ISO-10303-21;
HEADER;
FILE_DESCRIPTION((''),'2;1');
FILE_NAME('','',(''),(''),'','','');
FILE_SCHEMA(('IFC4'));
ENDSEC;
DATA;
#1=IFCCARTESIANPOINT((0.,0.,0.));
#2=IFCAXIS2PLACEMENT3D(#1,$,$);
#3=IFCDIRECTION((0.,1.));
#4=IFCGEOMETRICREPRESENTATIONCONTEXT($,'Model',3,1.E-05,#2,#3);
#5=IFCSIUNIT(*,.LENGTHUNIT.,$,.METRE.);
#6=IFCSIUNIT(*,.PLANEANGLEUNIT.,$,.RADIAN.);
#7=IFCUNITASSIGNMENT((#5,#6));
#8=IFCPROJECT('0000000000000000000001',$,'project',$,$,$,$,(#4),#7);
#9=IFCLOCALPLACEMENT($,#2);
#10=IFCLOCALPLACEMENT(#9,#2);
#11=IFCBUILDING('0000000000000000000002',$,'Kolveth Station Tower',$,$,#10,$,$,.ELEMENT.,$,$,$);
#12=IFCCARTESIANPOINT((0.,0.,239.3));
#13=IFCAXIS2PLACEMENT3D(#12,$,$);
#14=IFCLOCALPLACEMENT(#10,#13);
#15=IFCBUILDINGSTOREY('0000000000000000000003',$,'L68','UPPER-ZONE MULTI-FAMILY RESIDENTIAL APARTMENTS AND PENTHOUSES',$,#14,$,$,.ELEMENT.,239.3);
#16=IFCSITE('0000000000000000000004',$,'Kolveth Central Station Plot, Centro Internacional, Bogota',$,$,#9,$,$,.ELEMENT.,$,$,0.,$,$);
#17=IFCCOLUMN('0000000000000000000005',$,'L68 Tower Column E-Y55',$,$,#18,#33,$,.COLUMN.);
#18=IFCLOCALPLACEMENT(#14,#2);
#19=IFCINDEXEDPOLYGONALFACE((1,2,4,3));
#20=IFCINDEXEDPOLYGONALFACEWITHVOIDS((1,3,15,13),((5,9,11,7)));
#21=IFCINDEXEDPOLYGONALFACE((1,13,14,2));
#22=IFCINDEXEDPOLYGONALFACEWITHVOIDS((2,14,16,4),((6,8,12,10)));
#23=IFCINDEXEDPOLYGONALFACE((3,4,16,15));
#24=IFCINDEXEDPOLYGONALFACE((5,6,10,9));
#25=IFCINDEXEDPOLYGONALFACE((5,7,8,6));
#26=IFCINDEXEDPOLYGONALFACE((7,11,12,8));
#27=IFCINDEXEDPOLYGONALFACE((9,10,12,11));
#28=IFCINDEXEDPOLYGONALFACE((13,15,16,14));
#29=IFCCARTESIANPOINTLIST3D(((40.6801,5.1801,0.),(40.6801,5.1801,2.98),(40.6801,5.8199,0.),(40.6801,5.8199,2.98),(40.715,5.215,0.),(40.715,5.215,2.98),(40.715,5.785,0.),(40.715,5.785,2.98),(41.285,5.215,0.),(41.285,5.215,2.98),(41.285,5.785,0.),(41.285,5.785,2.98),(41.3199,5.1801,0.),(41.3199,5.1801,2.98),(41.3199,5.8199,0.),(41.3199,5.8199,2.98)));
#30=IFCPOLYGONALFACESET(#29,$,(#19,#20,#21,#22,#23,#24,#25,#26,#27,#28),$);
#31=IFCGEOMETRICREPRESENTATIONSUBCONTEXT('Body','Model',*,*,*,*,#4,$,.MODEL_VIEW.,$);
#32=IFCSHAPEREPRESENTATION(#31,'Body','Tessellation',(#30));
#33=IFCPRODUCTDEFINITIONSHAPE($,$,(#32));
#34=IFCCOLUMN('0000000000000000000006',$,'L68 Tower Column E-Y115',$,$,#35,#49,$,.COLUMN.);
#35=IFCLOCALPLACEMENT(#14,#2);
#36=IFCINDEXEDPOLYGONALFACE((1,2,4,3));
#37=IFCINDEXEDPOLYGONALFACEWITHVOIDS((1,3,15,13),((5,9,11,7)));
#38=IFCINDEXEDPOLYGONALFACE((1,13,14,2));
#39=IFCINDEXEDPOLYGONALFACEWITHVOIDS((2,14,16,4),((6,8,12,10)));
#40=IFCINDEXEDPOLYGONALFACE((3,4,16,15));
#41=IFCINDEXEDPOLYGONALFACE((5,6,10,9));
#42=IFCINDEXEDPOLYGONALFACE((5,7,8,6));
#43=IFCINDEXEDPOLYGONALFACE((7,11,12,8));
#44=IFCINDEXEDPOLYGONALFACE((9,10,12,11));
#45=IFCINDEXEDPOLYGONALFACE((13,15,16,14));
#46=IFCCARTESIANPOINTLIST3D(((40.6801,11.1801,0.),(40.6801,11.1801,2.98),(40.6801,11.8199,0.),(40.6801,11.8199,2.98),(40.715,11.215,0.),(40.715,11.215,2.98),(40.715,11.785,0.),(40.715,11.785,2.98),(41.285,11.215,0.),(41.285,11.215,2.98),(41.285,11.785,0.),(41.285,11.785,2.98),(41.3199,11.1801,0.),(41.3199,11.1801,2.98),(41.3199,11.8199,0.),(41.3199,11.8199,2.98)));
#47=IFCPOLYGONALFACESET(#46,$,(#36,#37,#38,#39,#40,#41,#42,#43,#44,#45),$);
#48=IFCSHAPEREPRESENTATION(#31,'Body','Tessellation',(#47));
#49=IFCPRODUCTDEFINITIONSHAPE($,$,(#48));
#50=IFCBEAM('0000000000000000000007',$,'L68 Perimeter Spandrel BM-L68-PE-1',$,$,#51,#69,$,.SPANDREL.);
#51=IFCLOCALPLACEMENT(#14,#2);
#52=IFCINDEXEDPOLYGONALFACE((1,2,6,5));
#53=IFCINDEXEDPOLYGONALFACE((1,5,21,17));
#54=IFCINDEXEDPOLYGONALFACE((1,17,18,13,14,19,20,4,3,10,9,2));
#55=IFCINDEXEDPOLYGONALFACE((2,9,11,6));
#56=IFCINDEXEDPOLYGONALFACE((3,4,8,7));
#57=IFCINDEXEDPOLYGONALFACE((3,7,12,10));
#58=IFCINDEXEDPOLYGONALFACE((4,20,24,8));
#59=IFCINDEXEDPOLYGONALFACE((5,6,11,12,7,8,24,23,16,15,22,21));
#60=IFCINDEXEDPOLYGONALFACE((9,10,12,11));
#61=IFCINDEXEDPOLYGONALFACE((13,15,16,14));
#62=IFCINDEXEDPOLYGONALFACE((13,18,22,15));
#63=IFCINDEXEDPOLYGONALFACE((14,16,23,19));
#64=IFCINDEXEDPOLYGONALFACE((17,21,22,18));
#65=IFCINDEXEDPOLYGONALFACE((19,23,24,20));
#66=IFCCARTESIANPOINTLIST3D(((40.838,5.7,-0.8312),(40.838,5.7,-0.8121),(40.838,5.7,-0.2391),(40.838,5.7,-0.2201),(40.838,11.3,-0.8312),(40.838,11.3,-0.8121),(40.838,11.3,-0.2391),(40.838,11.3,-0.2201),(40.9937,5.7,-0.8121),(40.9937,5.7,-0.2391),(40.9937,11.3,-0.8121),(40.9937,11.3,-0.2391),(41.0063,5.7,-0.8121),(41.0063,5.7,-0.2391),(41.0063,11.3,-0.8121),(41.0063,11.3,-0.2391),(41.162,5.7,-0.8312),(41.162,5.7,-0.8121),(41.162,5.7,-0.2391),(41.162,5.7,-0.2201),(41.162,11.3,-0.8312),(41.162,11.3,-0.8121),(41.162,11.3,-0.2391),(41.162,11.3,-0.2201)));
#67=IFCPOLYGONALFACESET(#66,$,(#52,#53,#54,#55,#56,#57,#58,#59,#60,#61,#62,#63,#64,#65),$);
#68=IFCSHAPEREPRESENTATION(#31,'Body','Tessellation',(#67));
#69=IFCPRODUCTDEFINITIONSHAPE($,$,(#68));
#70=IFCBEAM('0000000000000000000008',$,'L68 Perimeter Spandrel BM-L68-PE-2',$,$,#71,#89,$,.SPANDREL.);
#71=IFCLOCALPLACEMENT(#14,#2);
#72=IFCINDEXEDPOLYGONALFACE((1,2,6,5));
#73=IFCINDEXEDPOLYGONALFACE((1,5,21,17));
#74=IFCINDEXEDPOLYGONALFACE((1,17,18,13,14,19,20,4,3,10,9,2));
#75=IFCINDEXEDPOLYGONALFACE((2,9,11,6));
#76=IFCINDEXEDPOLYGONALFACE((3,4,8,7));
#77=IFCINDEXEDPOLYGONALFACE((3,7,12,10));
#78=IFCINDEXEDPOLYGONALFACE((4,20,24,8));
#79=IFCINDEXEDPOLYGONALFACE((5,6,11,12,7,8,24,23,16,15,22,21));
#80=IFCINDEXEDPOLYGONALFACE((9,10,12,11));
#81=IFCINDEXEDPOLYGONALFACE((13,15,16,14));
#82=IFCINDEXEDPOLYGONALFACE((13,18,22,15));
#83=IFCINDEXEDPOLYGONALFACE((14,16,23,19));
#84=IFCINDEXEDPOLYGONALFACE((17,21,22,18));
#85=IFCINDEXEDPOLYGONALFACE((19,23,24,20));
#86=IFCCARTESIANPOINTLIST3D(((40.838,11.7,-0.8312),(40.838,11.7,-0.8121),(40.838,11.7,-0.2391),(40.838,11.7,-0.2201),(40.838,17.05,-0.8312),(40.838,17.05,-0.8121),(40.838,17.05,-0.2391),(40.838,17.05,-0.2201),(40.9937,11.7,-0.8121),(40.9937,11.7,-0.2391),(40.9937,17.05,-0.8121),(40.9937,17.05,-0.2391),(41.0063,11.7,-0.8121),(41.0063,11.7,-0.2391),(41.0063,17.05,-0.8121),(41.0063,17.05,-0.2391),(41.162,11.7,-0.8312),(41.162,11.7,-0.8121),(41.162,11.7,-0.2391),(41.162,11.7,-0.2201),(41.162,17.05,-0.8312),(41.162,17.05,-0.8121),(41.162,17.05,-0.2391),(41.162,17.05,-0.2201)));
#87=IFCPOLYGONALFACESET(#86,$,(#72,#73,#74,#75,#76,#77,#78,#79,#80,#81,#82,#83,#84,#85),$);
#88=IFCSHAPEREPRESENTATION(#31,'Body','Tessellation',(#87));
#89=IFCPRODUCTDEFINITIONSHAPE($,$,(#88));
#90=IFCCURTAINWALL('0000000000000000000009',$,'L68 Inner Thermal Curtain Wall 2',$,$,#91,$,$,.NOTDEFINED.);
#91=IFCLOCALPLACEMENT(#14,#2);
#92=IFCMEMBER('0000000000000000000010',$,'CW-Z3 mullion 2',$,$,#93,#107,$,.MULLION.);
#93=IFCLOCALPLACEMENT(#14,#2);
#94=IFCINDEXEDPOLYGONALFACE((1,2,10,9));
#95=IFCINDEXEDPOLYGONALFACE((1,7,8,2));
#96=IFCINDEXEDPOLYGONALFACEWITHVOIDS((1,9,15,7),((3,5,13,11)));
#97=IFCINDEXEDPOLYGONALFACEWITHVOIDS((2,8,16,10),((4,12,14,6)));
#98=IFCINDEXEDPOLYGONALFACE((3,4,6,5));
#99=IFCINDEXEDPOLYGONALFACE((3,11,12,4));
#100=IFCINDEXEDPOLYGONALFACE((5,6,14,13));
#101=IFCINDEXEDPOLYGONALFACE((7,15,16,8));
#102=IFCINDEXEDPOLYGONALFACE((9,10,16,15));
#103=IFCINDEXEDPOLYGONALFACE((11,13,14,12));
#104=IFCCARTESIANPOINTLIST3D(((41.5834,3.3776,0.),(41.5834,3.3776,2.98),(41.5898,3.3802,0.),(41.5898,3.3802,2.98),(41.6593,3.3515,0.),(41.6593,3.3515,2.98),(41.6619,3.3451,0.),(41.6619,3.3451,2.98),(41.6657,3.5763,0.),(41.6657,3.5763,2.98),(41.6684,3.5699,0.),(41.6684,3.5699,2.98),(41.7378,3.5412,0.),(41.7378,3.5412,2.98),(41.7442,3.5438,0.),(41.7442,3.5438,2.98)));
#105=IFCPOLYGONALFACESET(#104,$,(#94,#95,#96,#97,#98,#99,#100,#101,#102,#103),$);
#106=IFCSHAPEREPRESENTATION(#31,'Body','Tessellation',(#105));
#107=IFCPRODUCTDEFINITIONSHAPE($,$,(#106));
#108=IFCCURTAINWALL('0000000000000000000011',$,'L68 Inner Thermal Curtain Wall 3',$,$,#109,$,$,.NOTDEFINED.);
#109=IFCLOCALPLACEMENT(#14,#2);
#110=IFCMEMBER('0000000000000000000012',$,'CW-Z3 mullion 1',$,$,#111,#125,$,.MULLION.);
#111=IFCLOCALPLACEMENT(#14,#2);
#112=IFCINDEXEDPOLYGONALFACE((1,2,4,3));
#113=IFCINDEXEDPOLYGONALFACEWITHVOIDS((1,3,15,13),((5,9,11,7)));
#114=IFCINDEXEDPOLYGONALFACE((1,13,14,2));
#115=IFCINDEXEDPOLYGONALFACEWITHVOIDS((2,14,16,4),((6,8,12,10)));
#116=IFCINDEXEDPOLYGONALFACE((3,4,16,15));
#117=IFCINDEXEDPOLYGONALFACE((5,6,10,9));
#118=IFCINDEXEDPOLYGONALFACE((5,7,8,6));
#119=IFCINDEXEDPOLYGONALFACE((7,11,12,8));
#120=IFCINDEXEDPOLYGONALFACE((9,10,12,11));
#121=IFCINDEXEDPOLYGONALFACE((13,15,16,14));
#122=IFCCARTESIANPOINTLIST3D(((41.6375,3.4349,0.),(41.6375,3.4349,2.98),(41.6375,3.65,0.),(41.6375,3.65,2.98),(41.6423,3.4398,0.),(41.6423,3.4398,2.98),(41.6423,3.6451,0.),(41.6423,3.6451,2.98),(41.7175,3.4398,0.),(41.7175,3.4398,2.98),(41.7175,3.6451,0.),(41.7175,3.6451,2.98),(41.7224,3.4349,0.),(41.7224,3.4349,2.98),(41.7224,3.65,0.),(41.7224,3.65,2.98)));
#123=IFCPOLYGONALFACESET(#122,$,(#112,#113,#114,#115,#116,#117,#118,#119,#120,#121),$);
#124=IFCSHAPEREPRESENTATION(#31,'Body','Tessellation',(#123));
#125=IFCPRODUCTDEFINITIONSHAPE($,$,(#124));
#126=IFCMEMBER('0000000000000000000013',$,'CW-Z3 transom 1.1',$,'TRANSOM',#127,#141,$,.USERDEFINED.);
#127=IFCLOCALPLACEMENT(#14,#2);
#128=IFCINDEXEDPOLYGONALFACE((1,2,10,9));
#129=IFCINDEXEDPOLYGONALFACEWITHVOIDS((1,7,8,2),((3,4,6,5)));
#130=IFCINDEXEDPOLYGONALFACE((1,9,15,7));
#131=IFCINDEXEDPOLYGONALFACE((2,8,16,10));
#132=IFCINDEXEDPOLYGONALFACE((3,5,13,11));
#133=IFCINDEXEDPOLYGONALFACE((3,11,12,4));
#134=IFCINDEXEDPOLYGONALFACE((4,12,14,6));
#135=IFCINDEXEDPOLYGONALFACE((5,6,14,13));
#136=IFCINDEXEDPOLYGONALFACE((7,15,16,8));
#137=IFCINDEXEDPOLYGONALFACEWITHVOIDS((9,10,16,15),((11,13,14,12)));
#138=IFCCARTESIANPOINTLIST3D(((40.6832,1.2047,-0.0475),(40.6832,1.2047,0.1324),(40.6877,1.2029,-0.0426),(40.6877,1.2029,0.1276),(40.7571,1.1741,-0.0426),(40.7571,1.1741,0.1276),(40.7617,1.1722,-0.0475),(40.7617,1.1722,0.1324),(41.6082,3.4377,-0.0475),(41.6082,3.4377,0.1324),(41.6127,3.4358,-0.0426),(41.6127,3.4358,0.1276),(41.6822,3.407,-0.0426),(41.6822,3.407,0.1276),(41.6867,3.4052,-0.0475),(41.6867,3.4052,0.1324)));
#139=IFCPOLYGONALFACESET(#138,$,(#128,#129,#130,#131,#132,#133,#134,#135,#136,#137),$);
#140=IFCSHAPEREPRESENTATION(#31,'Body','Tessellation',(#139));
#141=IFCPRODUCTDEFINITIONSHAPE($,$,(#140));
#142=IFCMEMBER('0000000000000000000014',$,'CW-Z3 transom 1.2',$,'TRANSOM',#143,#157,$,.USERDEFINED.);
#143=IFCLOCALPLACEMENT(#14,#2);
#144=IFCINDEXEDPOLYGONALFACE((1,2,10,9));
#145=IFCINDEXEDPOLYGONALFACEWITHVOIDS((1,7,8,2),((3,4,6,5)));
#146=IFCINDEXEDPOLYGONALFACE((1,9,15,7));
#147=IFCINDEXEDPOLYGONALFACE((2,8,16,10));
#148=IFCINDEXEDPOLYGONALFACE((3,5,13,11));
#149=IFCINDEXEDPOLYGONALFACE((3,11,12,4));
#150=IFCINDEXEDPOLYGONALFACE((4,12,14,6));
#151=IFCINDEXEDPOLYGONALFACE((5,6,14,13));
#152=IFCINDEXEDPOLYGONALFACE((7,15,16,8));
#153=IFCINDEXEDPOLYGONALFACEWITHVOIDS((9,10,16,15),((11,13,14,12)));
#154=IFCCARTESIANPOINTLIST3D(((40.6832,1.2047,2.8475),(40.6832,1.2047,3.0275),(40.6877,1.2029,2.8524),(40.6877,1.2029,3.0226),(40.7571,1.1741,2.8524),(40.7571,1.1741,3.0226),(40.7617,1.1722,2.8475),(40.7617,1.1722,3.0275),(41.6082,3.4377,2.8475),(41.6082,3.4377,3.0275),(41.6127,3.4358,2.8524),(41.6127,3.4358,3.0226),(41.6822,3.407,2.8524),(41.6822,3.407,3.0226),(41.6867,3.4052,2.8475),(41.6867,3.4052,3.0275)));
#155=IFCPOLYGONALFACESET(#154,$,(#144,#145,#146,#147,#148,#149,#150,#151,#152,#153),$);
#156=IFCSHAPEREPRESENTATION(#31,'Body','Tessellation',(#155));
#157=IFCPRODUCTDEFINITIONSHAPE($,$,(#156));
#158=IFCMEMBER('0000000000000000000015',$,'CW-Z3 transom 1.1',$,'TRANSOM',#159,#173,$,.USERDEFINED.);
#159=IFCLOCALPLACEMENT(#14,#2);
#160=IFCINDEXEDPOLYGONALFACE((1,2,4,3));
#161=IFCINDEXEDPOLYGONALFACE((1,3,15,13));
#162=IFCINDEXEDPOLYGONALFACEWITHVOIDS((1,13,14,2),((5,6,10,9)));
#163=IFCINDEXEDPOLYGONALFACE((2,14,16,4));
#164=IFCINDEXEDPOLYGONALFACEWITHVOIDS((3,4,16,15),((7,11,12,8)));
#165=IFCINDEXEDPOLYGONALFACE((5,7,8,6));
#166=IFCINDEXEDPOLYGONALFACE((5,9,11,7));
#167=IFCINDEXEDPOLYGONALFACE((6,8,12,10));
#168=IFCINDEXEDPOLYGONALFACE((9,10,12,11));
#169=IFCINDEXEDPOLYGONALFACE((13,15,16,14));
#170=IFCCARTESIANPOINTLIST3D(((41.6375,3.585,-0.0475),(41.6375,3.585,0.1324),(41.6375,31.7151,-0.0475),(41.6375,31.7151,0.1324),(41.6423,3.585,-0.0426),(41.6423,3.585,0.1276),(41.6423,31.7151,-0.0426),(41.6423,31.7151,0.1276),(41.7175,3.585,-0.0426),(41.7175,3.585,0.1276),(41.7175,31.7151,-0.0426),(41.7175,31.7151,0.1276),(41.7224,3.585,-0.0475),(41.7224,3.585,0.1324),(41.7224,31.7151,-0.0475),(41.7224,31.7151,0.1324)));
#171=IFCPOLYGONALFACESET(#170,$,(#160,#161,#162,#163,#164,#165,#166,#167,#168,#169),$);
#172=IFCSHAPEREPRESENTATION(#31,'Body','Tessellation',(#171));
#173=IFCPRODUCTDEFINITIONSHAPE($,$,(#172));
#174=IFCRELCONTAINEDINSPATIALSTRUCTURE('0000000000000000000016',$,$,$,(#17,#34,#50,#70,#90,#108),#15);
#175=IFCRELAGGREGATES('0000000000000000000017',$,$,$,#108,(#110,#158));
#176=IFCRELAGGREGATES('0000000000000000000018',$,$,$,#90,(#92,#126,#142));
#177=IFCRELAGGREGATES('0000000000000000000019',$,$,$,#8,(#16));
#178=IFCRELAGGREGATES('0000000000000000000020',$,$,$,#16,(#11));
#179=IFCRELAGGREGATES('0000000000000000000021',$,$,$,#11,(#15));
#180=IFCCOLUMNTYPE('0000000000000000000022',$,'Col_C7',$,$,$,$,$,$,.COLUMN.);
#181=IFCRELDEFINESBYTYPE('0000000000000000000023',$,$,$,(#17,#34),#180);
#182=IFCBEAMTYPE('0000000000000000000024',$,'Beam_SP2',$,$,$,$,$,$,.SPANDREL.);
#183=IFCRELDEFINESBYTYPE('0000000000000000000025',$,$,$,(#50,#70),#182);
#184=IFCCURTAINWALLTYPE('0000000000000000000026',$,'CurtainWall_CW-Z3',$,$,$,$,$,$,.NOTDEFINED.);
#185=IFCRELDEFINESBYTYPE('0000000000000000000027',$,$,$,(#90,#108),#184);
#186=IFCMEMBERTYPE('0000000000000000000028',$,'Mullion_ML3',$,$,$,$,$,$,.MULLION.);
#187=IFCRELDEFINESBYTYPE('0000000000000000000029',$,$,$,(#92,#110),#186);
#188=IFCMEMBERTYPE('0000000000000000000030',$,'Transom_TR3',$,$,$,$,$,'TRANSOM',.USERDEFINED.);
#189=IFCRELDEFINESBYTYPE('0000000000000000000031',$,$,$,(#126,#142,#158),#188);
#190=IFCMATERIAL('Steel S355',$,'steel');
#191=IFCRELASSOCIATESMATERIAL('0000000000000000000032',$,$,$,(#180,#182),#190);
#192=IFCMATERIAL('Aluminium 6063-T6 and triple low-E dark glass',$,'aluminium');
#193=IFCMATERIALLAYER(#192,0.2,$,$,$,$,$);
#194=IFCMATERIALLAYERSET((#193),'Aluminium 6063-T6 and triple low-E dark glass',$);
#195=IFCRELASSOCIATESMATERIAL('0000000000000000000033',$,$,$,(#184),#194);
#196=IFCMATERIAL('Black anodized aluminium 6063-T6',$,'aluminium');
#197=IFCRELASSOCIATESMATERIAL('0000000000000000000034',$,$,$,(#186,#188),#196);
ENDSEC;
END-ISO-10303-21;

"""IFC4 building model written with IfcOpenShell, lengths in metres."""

from ifc_helpers import new_model, si_unit, direction, frame, origin, origin_2d, place, context, subcontext, project, spatial, hollow_rectangle, i_section, extrude, source, transform, mapped, material, layer, layer_set, material_profile, profile_set, type_object, element, aggregate, save


model = new_model("IFC4")

# Units and contexts
model_context = context("Model", 3, precision=1e-05, world=origin(), true_north=direction((0.0, 1.0)))
body_context = subcontext(model_context, "Body", "Model", "MODEL_VIEW")
ifc_project = project(units=[si_unit("LENGTHUNIT", "METRE"), si_unit("PLANEANGLEUNIT", "RADIAN")], contexts=[model_context])

# Site, building, storey
site_placement = place(None, origin())
site = spatial("IfcSite", under=ifc_project, at=site_placement, Name="Kolveth Central Station Plot, Centro Internacional, Bogota", CompositionType="ELEMENT", RefElevation=0.0)
building_placement = place(site_placement, origin())
building = spatial("IfcBuilding", under=site, at=building_placement, Name="Kolveth Station Tower", CompositionType="ELEMENT")
storey_placement = place(building_placement, frame((0.0, 0.0, 239.3)))
storey = spatial("IfcBuildingStorey", under=building, at=storey_placement, Name="L68", Description="UPPER-ZONE MULTI-FAMILY RESIDENTIAL APARTMENTS AND PENTHOUSES", CompositionType="ELEMENT", Elevation=239.3)

# Columns
ifc_material_1 = material(Name="Steel S355", Category="steel")
ifc_material_profile_1 = material_profile(ifc_material_1, hollow_rectangle(XDim=0.6399, YDim=0.6399, WallThickness=0.0349, at=origin_2d()), Name="BOX640x640x35")
ifc_profile_set_1 = profile_set([ifc_material_profile_1], Name="Steel S355")
column_type = type_object("IfcColumnType", Name="Col_C7", PredefinedType="COLUMN", material=ifc_profile_set_1)
shared_shape_1 = source(origin(), body_context, "Body", "SweptSolid", [
    extrude(hollow_rectangle(XDim=0.6399, YDim=0.6399, WallThickness=0.0349, at=origin_2d()), origin(), (0.0, 0.0, 1.0), 2.98),
])
for number, where, z_axis, x_axis, name in (
    (1, (41.0, 5.5, 0.0), (0.0, 0.0, 1.0), (1.0, 0.0, 0.0), "L68 Tower Column E-Y55"),
    (2, (41.0, 11.5, 0.0), (0.0, 0.0, 1.0), (1.0, 0.0, 0.0), "L68 Tower Column E-Y115"),
):
    element("IfcColumn", number, at=place(storey_placement, frame(where, z_axis=z_axis, x_axis=x_axis)), inside=storey, type_object=column_type, Name=name, PredefinedType="COLUMN", context=body_context, shape_type="MappedRepresentation", body=[
        mapped(shared_shape_1, transform((0.0, 0.0, 0.0), x_axis=(1.0, 0.0, 0.0), y_axis=(0.0, 1.0, 0.0), z_axis=(0.0, 0.0, 1.0), scale=1.0)),
    ])

# Beams
ifc_material_profile_2 = material_profile(ifc_material_1, i_section(OverallWidth=0.324, OverallDepth=0.6111, WebThickness=0.0127, FlangeThickness=0.019, at=origin_2d()), Name="W610x155")
ifc_profile_set_2 = profile_set([ifc_material_profile_2], Name="Steel S355")
beam_type = type_object("IfcBeamType", Name="Beam_SP2", PredefinedType="SPANDREL", material=ifc_profile_set_2)
shared_shape_2 = source(origin(), body_context, "Body", "SweptSolid", [
    extrude(i_section(OverallWidth=0.324, OverallDepth=0.6111, WebThickness=0.0127, FlangeThickness=0.019, at=origin_2d()), origin(), (0.0, 0.0, 1.0), 5.6001),
])
beam_1_placement = place(storey_placement, frame((41.0, 5.7, -0.5256), z_axis=(0.0, 1.0, 0.0), x_axis=(-1.0, 0.0, 0.0)))
element("IfcBeam", 3, at=beam_1_placement, inside=storey, type_object=beam_type, Name="L68 Perimeter Spandrel BM-L68-PE-1", PredefinedType="SPANDREL", context=body_context, shape_type="MappedRepresentation", body=[
    mapped(shared_shape_2, transform((0.0, 0.0, 0.0), x_axis=(1.0, 0.0, 0.0), y_axis=(0.0, 1.0, 0.0), z_axis=(0.0, 0.0, 1.0), scale=1.0)),
])
shared_shape_3 = source(origin(), body_context, "Body", "SweptSolid", [
    extrude(i_section(OverallWidth=0.324, OverallDepth=0.6111, WebThickness=0.0127, FlangeThickness=0.019, at=origin_2d()), origin(), (0.0, 0.0, 1.0), 5.3501),
])
beam_2_placement = place(storey_placement, frame((41.0, 11.7, -0.5256), z_axis=(0.0, 1.0, 0.0), x_axis=(-1.0, 0.0, 0.0)))
element("IfcBeam", 4, at=beam_2_placement, inside=storey, type_object=beam_type, Name="L68 Perimeter Spandrel BM-L68-PE-2", PredefinedType="SPANDREL", context=body_context, shape_type="MappedRepresentation", body=[
    mapped(shared_shape_3, transform((0.0, 0.0, 0.0), x_axis=(1.0, 0.0, 0.0), y_axis=(0.0, 1.0, 0.0), z_axis=(0.0, 0.0, 1.0), scale=1.0)),
])

# Curtain walls, members
ifc_material_2 = material(Name="Aluminium 6063-T6 and triple low-E dark glass", Category="aluminium")
ifc_layer_1 = layer(ifc_material_2, 0.2)
ifc_layer_set_1 = layer_set([ifc_layer_1], Name="Aluminium 6063-T6 and triple low-E dark glass")
curtain_wall_type_1 = type_object("IfcCurtainWallType", Name="CurtainWall_CW-Z3", PredefinedType="NOTDEFINED", material=ifc_layer_set_1)
curtain_wall_1_placement = place(storey_placement, origin())
curtain_wall_1 = element("IfcCurtainWall", 5, at=curtain_wall_1_placement, inside=storey, type_object=curtain_wall_type_1, Name="L68 Inner Thermal Curtain Wall 2", PredefinedType="NOTDEFINED")
ifc_material_3 = material(Name="Black anodized aluminium 6063-T6", Category="aluminium")
ifc_material_profile_3 = material_profile(ifc_material_3, hollow_rectangle(XDim=0.085, YDim=0.2151, WallThickness=0.0049, at=origin_2d()), Name="ALU-85x215x5")
ifc_profile_set_3 = profile_set([ifc_material_profile_3], Name="Black anodized aluminium 6063-T6")
member_type_1 = type_object("IfcMemberType", Name="Mullion_ML3", PredefinedType="MULLION", material=ifc_profile_set_3)
shared_shape_4 = source(origin(), body_context, "Body", "SweptSolid", [
    extrude(hollow_rectangle(XDim=0.085, YDim=0.2151, WallThickness=0.0049, at=origin_2d()), origin(), (0.0, 0.0, 1.0), 2.98),
])
member_1_placement = place(storey_placement, frame((41.6638, 3.4607, 0.0), z_axis=(0.0, 0.0, 1.0), x_axis=(-0.923875, 0.382693, 0.0)))
member_1 = element("IfcMember", 6, at=member_1_placement, type_object=member_type_1, Name="CW-Z3 mullion 2", PredefinedType="MULLION", context=body_context, shape_type="MappedRepresentation", body=[
    mapped(shared_shape_4, transform((0.0, 0.0, 0.0), x_axis=(1.0, 0.0, 0.0), y_axis=(0.0, 1.0, 0.0), z_axis=(0.0, 0.0, 1.0), scale=1.0)),
])
curtain_wall_2_placement = place(storey_placement, origin())
curtain_wall_2 = element("IfcCurtainWall", 7, at=curtain_wall_2_placement, inside=storey, type_object=curtain_wall_type_1, Name="L68 Inner Thermal Curtain Wall 3", PredefinedType="NOTDEFINED")
member_2_placement = place(storey_placement, frame((41.6799, 3.5425, 0.0), z_axis=(0.0, 0.0, 1.0), x_axis=(-1.0, 0.0, 0.0)))
member_2 = element("IfcMember", 8, at=member_2_placement, type_object=member_type_1, Name="CW-Z3 mullion 1", PredefinedType="MULLION", context=body_context, shape_type="MappedRepresentation", body=[
    mapped(shared_shape_4, transform((0.0, 0.0, 0.0), x_axis=(1.0, 0.0, 0.0), y_axis=(0.0, 1.0, 0.0), z_axis=(0.0, 0.0, 1.0), scale=1.0)),
])

# Members
ifc_material_profile_4 = material_profile(ifc_material_3, hollow_rectangle(XDim=0.085, YDim=0.1799, WallThickness=0.0049, at=origin_2d()), Name="ALU-85x180x5")
ifc_profile_set_4 = profile_set([ifc_material_profile_4], Name="Black anodized aluminium 6063-T6")
member_type_2 = type_object("IfcMemberType", Name="Transom_TR3", ElementType="TRANSOM", PredefinedType="USERDEFINED", material=ifc_profile_set_4)
shared_shape_5 = source(origin(), body_context, "Body", "SweptSolid", [
    extrude(hollow_rectangle(XDim=0.085, YDim=0.1799, WallThickness=0.0049, at=origin_2d()), origin(), (0.0, 0.0, 1.0), 2.417),
])
member_3_placement = place(storey_placement, frame((40.7224, 1.1885, 0.0425), z_axis=(0.382735, 0.923858, 0.0), x_axis=(-0.923858, 0.382735, 0.0)))
member_3 = element("IfcMember", 9, at=member_3_placement, type_object=member_type_2, Name="CW-Z3 transom 1.1", ObjectType="TRANSOM", PredefinedType="USERDEFINED", context=body_context, shape_type="MappedRepresentation", body=[
    mapped(shared_shape_5, transform((0.0, 0.0, 0.0), x_axis=(1.0, 0.0, 0.0), y_axis=(0.0, 1.0, 0.0), z_axis=(0.0, 0.0, 1.0), scale=1.0)),
])
member_4_placement = place(storey_placement, frame((40.7224, 1.1885, 2.9375), z_axis=(0.382735, 0.923858, 0.0), x_axis=(-0.923858, 0.382735, 0.0)))
member_4 = element("IfcMember", 10, at=member_4_placement, type_object=member_type_2, Name="CW-Z3 transom 1.2", ObjectType="TRANSOM", PredefinedType="USERDEFINED", context=body_context, shape_type="MappedRepresentation", body=[
    mapped(shared_shape_5, transform((0.0, 0.0, 0.0), x_axis=(1.0, 0.0, 0.0), y_axis=(0.0, 1.0, 0.0), z_axis=(0.0, 0.0, 1.0), scale=1.0)),
])
shared_shape_6 = source(origin(), body_context, "Body", "SweptSolid", [
    extrude(hollow_rectangle(XDim=0.085, YDim=0.1799, WallThickness=0.0049, at=origin_2d()), origin(), (0.0, 0.0, 1.0), 28.1301),
])
member_5_placement = place(storey_placement, frame((41.6799, 3.585, 0.0425), z_axis=(0.0, 1.0, 0.0), x_axis=(-1.0, 0.0, 0.0)))
member_5 = element("IfcMember", 11, at=member_5_placement, type_object=member_type_2, Name="CW-Z3 transom 1.1", ObjectType="TRANSOM", PredefinedType="USERDEFINED", context=body_context, shape_type="MappedRepresentation", body=[
    mapped(shared_shape_6, transform((0.0, 0.0, 0.0), x_axis=(1.0, 0.0, 0.0), y_axis=(0.0, 1.0, 0.0), z_axis=(0.0, 0.0, 1.0), scale=1.0)),
])
aggregate(curtain_wall_2, [member_2, member_5])

aggregate(curtain_wall_1, [member_1, member_3, member_4])

save(model, "model.ifc")
